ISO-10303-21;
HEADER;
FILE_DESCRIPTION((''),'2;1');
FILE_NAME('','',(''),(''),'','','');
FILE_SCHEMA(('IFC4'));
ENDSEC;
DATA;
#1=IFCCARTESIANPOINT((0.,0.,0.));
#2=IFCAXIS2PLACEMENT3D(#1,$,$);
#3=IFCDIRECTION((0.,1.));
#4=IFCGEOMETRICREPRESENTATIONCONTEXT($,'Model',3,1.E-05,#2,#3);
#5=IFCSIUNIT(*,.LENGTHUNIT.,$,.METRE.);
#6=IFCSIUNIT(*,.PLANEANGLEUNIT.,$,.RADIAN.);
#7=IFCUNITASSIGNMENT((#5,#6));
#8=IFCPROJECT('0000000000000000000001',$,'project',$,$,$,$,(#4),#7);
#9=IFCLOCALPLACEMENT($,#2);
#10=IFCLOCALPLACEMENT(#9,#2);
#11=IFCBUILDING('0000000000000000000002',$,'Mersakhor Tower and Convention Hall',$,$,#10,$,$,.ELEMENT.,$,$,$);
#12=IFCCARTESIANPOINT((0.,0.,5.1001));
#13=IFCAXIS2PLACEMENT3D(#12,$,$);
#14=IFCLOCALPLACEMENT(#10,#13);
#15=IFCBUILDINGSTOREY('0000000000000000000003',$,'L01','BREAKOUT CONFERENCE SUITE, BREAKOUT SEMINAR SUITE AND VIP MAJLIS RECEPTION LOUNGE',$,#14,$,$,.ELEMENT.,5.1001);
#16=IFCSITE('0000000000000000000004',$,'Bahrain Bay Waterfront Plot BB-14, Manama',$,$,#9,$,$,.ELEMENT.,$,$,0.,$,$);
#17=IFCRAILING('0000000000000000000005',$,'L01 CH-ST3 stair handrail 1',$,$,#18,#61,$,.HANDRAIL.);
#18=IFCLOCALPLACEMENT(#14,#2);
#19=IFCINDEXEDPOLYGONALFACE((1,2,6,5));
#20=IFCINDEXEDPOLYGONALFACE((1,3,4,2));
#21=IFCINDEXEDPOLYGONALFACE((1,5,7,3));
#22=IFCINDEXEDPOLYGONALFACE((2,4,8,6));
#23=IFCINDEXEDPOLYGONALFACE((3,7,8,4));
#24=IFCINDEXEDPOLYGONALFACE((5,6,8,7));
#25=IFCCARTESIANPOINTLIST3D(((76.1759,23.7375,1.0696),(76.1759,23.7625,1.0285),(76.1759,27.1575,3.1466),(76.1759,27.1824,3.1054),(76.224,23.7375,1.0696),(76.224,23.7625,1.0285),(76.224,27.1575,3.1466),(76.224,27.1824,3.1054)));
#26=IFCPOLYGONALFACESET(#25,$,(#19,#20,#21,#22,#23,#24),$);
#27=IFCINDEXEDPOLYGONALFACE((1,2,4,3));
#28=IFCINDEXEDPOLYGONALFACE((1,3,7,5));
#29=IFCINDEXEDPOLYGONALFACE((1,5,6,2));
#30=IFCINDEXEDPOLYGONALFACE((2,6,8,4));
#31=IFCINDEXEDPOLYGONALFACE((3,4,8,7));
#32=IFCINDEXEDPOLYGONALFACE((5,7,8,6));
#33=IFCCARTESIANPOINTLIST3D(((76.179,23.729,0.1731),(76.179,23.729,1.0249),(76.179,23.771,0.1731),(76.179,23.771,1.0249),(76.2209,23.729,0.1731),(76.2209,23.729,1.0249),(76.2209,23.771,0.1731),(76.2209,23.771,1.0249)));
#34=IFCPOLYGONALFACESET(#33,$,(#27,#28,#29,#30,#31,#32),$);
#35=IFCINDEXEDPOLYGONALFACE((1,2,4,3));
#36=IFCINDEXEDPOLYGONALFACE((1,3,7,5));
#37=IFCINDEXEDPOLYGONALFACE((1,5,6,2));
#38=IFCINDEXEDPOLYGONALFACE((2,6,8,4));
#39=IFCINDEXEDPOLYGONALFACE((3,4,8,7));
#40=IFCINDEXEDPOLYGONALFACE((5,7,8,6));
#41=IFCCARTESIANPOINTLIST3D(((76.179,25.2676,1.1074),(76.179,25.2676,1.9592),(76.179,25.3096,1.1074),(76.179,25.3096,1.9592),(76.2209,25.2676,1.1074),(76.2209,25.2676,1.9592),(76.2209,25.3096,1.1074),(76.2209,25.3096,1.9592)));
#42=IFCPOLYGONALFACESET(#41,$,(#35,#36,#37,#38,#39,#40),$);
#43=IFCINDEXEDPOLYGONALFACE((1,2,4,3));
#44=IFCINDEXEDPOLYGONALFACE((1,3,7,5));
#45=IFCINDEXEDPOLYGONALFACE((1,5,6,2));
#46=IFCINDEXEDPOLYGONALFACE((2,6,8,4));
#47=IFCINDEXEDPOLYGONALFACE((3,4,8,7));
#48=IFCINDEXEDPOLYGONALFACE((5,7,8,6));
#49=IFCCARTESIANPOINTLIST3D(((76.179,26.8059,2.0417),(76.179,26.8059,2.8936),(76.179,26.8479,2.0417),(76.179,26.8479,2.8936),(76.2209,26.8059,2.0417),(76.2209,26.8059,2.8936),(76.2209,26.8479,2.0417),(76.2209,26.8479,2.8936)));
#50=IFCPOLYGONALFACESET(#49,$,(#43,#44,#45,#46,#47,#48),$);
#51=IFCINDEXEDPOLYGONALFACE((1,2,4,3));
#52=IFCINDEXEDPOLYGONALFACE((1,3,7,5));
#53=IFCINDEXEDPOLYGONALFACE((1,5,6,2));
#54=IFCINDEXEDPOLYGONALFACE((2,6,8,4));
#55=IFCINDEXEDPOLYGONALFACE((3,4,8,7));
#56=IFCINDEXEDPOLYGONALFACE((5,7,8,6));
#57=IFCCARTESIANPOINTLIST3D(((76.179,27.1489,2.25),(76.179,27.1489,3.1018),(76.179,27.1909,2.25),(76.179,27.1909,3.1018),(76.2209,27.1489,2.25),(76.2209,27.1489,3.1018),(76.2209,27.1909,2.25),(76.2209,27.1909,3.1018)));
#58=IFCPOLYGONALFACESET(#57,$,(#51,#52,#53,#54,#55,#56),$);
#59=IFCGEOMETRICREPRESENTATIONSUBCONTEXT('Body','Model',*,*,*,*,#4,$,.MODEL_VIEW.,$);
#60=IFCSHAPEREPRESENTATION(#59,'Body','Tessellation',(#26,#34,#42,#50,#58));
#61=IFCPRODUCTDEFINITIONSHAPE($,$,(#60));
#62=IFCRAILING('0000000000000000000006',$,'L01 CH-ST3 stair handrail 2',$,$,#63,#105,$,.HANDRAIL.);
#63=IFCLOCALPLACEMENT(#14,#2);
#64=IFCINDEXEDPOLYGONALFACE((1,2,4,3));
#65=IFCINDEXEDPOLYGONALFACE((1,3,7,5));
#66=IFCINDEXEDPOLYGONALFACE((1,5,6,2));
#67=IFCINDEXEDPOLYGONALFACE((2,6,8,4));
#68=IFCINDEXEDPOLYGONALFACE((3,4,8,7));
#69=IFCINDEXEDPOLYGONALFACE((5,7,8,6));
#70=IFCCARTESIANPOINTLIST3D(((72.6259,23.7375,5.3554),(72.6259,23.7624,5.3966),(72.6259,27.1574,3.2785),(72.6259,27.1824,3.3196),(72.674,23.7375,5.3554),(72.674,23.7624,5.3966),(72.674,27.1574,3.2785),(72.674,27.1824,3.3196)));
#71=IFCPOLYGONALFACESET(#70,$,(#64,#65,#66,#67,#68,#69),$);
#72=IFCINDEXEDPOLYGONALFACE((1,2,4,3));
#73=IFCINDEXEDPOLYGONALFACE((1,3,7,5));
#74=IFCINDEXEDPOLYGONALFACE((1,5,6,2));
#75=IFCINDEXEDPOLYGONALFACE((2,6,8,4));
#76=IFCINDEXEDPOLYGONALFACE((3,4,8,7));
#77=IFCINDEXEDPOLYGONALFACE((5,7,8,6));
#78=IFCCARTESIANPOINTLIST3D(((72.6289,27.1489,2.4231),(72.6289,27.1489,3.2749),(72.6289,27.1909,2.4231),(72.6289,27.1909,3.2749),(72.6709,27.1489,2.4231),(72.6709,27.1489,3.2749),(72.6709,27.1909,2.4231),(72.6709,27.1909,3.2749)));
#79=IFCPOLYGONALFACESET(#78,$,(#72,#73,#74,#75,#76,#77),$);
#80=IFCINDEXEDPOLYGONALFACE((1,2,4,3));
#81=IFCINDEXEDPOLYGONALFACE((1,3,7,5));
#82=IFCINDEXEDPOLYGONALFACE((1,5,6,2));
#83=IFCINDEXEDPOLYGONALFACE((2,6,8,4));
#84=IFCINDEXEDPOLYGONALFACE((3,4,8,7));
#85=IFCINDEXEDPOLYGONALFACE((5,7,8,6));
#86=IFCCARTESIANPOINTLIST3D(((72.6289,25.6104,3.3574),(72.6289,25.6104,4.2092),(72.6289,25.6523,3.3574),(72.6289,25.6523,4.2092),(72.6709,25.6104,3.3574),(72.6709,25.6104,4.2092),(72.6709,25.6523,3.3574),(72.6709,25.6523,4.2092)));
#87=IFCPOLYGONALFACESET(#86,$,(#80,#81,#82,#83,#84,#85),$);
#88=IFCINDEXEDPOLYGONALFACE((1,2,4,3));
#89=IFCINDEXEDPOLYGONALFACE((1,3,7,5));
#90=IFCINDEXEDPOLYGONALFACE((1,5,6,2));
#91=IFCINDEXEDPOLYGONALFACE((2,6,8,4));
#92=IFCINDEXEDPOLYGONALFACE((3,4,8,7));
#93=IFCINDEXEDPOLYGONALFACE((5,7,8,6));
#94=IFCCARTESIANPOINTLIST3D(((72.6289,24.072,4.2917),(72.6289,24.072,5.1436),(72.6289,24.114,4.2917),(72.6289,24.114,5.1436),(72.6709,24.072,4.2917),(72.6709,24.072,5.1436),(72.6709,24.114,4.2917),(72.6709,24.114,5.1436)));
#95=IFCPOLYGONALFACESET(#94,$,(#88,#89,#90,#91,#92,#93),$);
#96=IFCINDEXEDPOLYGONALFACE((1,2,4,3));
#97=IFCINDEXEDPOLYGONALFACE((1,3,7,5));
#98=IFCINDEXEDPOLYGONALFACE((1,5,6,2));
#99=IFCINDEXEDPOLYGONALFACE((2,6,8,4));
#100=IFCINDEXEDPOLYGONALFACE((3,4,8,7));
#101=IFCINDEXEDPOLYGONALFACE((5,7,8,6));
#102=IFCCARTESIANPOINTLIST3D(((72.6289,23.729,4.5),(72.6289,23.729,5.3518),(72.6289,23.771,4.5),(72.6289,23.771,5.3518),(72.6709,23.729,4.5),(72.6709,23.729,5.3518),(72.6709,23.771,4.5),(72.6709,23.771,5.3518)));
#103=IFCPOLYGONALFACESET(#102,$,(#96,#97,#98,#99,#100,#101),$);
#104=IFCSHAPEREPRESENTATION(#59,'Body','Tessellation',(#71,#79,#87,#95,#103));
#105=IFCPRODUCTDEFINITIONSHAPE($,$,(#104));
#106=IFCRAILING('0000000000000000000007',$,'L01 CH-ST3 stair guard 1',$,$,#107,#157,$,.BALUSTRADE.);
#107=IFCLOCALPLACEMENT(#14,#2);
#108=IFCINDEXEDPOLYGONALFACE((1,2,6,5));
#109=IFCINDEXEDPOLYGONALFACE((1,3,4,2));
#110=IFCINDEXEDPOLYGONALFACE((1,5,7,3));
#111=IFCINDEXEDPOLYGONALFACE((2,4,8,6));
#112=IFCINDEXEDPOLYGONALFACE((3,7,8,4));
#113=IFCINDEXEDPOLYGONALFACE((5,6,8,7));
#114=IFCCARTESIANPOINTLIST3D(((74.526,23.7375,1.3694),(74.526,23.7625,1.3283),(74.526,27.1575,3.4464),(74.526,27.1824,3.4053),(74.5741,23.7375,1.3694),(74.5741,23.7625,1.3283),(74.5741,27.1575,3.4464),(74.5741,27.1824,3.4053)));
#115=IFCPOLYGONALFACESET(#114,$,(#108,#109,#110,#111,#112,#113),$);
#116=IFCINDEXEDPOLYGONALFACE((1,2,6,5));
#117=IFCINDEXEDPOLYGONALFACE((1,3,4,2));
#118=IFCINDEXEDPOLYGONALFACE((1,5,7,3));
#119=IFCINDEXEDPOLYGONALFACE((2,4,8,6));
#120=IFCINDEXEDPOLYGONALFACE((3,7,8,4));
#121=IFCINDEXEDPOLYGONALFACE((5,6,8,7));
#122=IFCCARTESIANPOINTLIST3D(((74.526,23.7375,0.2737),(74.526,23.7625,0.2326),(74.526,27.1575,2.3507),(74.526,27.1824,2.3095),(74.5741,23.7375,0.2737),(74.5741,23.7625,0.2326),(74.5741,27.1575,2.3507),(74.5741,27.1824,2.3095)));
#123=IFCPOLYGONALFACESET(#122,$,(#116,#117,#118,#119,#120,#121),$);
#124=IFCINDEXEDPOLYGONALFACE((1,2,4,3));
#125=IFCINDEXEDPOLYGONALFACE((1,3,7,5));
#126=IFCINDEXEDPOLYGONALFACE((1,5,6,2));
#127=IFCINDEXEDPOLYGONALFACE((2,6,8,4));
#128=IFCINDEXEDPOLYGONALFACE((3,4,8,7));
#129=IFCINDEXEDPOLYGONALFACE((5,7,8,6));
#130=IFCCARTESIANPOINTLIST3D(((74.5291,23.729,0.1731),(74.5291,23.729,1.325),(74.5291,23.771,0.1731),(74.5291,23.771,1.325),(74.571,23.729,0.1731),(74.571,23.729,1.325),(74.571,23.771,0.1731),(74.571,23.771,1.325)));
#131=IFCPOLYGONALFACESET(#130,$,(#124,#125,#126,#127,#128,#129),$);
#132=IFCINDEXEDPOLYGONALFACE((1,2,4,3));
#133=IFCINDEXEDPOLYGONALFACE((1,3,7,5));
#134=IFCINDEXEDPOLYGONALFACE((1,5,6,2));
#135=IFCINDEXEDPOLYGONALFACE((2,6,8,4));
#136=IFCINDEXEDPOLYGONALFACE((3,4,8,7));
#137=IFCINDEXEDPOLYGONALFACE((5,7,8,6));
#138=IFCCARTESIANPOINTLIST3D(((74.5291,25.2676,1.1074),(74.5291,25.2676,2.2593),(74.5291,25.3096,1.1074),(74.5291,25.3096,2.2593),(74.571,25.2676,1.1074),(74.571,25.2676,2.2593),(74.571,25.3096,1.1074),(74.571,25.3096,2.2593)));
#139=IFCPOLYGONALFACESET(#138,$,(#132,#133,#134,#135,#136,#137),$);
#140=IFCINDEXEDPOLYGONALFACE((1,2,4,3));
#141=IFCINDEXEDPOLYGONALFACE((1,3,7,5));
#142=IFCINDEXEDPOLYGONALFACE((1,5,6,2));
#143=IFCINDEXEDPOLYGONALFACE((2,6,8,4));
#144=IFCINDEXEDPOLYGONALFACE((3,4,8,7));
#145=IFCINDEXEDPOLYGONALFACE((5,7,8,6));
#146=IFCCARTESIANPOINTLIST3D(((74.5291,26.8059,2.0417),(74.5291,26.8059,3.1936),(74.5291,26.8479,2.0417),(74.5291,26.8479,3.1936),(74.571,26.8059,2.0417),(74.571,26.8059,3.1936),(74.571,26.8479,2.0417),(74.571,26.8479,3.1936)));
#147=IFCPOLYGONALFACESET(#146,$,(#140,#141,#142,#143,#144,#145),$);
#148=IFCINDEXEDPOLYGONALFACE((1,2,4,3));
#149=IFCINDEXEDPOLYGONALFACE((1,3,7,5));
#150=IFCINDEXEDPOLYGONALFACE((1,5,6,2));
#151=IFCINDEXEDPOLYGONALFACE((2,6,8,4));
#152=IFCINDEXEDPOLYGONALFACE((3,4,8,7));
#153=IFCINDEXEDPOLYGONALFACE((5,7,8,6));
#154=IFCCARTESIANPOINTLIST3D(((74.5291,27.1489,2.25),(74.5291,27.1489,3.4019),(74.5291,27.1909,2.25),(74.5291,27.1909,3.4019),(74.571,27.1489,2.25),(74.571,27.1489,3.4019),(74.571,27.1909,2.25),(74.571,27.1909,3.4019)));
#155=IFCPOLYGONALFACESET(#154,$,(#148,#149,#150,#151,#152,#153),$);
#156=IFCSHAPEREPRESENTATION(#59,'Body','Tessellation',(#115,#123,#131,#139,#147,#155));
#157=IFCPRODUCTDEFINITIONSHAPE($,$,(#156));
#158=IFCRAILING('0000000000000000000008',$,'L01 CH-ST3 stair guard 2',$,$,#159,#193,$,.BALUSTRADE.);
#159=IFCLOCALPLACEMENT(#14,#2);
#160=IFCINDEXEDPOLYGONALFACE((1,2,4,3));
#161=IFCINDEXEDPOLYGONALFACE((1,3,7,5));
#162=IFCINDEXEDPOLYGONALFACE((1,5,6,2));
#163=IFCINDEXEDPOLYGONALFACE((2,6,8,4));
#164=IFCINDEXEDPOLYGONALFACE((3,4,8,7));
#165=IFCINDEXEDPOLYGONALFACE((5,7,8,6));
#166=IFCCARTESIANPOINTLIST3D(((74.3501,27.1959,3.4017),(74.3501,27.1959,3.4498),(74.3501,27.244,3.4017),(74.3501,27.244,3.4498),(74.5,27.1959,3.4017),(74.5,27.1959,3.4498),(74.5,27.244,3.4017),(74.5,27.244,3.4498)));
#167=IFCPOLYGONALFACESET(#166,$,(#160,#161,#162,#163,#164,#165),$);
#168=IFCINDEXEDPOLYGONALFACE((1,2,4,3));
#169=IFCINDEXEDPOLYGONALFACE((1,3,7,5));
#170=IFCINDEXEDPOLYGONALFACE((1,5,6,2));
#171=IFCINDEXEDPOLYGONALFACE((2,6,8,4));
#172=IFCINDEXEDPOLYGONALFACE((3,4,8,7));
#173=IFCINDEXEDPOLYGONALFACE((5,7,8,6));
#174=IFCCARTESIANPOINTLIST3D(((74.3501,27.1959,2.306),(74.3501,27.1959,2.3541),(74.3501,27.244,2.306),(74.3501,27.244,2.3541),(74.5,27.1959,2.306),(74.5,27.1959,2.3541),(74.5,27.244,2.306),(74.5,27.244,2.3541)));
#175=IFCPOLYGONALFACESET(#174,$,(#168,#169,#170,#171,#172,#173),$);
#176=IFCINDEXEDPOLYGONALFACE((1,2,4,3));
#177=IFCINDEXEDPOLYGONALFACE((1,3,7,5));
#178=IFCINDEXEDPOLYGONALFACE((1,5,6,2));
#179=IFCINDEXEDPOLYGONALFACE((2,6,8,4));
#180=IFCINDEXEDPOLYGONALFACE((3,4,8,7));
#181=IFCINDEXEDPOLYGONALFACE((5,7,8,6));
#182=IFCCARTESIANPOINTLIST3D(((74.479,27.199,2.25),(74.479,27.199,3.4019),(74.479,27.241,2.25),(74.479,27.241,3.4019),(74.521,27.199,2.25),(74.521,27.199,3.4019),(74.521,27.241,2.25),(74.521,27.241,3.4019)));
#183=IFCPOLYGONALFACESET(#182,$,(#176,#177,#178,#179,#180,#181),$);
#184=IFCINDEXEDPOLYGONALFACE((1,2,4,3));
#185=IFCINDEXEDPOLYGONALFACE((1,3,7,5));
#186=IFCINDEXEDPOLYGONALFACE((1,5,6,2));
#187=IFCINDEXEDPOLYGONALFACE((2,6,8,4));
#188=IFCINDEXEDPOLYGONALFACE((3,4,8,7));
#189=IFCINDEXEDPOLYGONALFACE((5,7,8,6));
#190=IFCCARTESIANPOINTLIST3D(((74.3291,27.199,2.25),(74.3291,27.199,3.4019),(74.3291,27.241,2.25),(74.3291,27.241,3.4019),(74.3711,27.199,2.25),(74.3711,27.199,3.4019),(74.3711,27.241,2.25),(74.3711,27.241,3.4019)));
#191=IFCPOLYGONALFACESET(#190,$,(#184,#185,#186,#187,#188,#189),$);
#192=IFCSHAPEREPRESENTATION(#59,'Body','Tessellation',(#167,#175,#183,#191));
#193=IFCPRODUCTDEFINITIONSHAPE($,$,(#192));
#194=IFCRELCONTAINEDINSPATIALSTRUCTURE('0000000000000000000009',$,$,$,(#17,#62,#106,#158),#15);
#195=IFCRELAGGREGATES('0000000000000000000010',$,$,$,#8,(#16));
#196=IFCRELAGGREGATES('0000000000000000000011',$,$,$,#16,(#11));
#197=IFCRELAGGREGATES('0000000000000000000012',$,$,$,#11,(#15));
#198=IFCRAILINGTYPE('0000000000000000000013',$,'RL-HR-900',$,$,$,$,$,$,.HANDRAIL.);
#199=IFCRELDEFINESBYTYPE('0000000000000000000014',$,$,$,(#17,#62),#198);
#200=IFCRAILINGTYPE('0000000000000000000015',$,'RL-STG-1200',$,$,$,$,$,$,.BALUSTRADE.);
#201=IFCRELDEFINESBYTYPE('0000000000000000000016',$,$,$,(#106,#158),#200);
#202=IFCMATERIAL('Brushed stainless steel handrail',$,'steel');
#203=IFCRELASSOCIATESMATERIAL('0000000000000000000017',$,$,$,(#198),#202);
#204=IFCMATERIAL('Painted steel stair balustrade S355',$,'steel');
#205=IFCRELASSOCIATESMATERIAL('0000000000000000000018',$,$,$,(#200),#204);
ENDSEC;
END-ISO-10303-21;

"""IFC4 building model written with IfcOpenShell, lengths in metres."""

from ifc_helpers import new_model, si_unit, direction, frame, origin, origin_2d, place, context, subcontext, project, spatial, rectangle, extrude, material, type_object, element, save


model = new_model("IFC4")

# Units and contexts
model_context = context("Model", 3, precision=1e-05, world=origin(), true_north=direction((0.0, 1.0)))
body_context = subcontext(model_context, "Body", "Model", "MODEL_VIEW")
ifc_project = project(units=[si_unit("LENGTHUNIT", "METRE"), si_unit("PLANEANGLEUNIT", "RADIAN")], contexts=[model_context])

# Site, building, storey
site_placement = place(None, origin())
site = spatial("IfcSite", under=ifc_project, at=site_placement, Name="Bahrain Bay Waterfront Plot BB-14, Manama", CompositionType="ELEMENT", RefElevation=0.0)
building_placement = place(site_placement, origin())
building = spatial("IfcBuilding", under=site, at=building_placement, Name="Mersakhor Tower and Convention Hall", CompositionType="ELEMENT")
storey_placement = place(building_placement, frame((0.0, 0.0, 5.1001)))
storey = spatial("IfcBuildingStorey", under=building, at=storey_placement, Name="L01", Description="BREAKOUT CONFERENCE SUITE, BREAKOUT SEMINAR SUITE AND VIP MAJLIS RECEPTION LOUNGE", CompositionType="ELEMENT", Elevation=5.1001)

# Railings
ifc_material_1 = material(Name="Brushed stainless steel handrail", Category="steel")
railing_type_1 = type_object("IfcRailingType", Name="RL-HR-900", PredefinedType="HANDRAIL", material=ifc_material_1)
railing_1_placement = place(storey_placement, frame((76.2, 23.75, 0.1731)))
element("IfcRailing", 1, at=railing_1_placement, inside=storey, type_object=railing_type_1, Name="L01 CH-ST3 stair handrail 1", PredefinedType="HANDRAIL", context=body_context, shape_type="SweptSolid", body=[
    extrude(rectangle(XDim=0.0481, YDim=0.0481, at=origin_2d()), frame((0.0, 0.0, 0.876), z_axis=(0.0, 0.85473, 0.519074), x_axis=(-1.0, 0.0, 0.0)), (0.0, 0.0, 1.0), 4.0012),
    extrude(rectangle(XDim=0.042, YDim=0.042, at=origin_2d()), origin(), (0.0, 0.0, 1.0), 0.8518),
    extrude(rectangle(XDim=0.042, YDim=0.042, at=origin_2d()), frame((0.0, 1.5386, 0.9343)), (0.0, 0.0, 1.0), 0.8518),
    extrude(rectangle(XDim=0.042, YDim=0.042, at=origin_2d()), frame((0.0, 3.0769, 1.8687)), (0.0, 0.0, 1.0), 0.8518),
    extrude(rectangle(XDim=0.042, YDim=0.042, at=origin_2d()), frame((0.0, 3.4199, 2.0769)), (0.0, 0.0, 1.0), 0.8518),
])
railing_2_placement = place(storey_placement, frame((72.6499, 27.1699, 2.4231)))
element("IfcRailing", 2, at=railing_2_placement, inside=storey, type_object=railing_type_1, Name="L01 CH-ST3 stair handrail 2", PredefinedType="HANDRAIL", context=body_context, shape_type="SweptSolid", body=[
    extrude(rectangle(XDim=0.0481, YDim=0.0481, at=origin_2d()), frame((0.0, 0.0, 0.876), z_axis=(0.0, -0.85473, 0.519074), x_axis=(1.0, 0.0, 0.0)), (0.0, 0.0, 1.0), 4.0012),
    extrude(rectangle(XDim=0.042, YDim=0.042, at=origin_2d()), origin(), (0.0, 0.0, 1.0), 0.8518),
    extrude(rectangle(XDim=0.042, YDim=0.042, at=origin_2d()), frame((0.0, -1.5386, 0.9343)), (0.0, 0.0, 1.0), 0.8518),
    extrude(rectangle(XDim=0.042, YDim=0.042, at=origin_2d()), frame((0.0, -3.0769, 1.8687)), (0.0, 0.0, 1.0), 0.8518),
    extrude(rectangle(XDim=0.042, YDim=0.042, at=origin_2d()), frame((0.0, -3.4199, 2.0769)), (0.0, 0.0, 1.0), 0.8518),
])
ifc_material_2 = material(Name="Painted steel stair balustrade S355", Category="steel")
railing_type_2 = type_object("IfcRailingType", Name="RL-STG-1200", PredefinedType="BALUSTRADE", material=ifc_material_2)
railing_3_placement = place(storey_placement, frame((74.55, 23.75, 0.1731)))
element("IfcRailing", 3, at=railing_3_placement, inside=storey, type_object=railing_type_2, Name="L01 CH-ST3 stair guard 1", PredefinedType="BALUSTRADE", context=body_context, shape_type="SweptSolid", body=[
    extrude(rectangle(XDim=0.0481, YDim=0.0481, at=origin_2d()), frame((0.0, 0.0, 1.1758), z_axis=(0.0, 0.85473, 0.519074), x_axis=(-1.0, 0.0, 0.0)), (0.0, 0.0, 1.0), 4.0012),
    extrude(rectangle(XDim=0.0481, YDim=0.0481, at=origin_2d()), frame((0.0, 0.0, 0.0801), z_axis=(0.0, 0.85473, 0.519074), x_axis=(-1.0, 0.0, 0.0)), (0.0, 0.0, 1.0), 4.0012),
    extrude(rectangle(XDim=0.042, YDim=0.042, at=origin_2d()), origin(), (0.0, 0.0, 1.0), 1.1519),
    extrude(rectangle(XDim=0.042, YDim=0.042, at=origin_2d()), frame((0.0, 1.5386, 0.9343)), (0.0, 0.0, 1.0), 1.1519),
    extrude(rectangle(XDim=0.042, YDim=0.042, at=origin_2d()), frame((0.0, 3.0769, 1.8687)), (0.0, 0.0, 1.0), 1.1519),
    extrude(rectangle(XDim=0.042, YDim=0.042, at=origin_2d()), frame((0.0, 3.4199, 2.0769)), (0.0, 0.0, 1.0), 1.1519),
])
railing_4_placement = place(storey_placement, frame((74.5, 27.22, 2.25)))
element("IfcRailing", 4, at=railing_4_placement, inside=storey, type_object=railing_type_2, Name="L01 CH-ST3 stair guard 2", PredefinedType="BALUSTRADE", context=body_context, shape_type="SweptSolid", body=[
    extrude(rectangle(XDim=0.0481, YDim=0.0481, at=origin_2d()), frame((0.0, 0.0, 1.1758), z_axis=(-1.0, 0.0, 0.0), x_axis=(0.0, -1.0, 0.0)), (0.0, 0.0, 1.0), 0.1499),
    extrude(rectangle(XDim=0.0481, YDim=0.0481, at=origin_2d()), frame((0.0, 0.0, 0.0801), z_axis=(-1.0, 0.0, 0.0), x_axis=(0.0, -1.0, 0.0)), (0.0, 0.0, 1.0), 0.1499),
    extrude(rectangle(XDim=0.042, YDim=0.042, at=origin_2d()), origin(), (0.0, 0.0, 1.0), 1.1519),
    extrude(rectangle(XDim=0.042, YDim=0.042, at=origin_2d()), frame((-0.1499, 0.0, 0.0)), (0.0, 0.0, 1.0), 1.1519),
])

save(model, "model.ifc")
